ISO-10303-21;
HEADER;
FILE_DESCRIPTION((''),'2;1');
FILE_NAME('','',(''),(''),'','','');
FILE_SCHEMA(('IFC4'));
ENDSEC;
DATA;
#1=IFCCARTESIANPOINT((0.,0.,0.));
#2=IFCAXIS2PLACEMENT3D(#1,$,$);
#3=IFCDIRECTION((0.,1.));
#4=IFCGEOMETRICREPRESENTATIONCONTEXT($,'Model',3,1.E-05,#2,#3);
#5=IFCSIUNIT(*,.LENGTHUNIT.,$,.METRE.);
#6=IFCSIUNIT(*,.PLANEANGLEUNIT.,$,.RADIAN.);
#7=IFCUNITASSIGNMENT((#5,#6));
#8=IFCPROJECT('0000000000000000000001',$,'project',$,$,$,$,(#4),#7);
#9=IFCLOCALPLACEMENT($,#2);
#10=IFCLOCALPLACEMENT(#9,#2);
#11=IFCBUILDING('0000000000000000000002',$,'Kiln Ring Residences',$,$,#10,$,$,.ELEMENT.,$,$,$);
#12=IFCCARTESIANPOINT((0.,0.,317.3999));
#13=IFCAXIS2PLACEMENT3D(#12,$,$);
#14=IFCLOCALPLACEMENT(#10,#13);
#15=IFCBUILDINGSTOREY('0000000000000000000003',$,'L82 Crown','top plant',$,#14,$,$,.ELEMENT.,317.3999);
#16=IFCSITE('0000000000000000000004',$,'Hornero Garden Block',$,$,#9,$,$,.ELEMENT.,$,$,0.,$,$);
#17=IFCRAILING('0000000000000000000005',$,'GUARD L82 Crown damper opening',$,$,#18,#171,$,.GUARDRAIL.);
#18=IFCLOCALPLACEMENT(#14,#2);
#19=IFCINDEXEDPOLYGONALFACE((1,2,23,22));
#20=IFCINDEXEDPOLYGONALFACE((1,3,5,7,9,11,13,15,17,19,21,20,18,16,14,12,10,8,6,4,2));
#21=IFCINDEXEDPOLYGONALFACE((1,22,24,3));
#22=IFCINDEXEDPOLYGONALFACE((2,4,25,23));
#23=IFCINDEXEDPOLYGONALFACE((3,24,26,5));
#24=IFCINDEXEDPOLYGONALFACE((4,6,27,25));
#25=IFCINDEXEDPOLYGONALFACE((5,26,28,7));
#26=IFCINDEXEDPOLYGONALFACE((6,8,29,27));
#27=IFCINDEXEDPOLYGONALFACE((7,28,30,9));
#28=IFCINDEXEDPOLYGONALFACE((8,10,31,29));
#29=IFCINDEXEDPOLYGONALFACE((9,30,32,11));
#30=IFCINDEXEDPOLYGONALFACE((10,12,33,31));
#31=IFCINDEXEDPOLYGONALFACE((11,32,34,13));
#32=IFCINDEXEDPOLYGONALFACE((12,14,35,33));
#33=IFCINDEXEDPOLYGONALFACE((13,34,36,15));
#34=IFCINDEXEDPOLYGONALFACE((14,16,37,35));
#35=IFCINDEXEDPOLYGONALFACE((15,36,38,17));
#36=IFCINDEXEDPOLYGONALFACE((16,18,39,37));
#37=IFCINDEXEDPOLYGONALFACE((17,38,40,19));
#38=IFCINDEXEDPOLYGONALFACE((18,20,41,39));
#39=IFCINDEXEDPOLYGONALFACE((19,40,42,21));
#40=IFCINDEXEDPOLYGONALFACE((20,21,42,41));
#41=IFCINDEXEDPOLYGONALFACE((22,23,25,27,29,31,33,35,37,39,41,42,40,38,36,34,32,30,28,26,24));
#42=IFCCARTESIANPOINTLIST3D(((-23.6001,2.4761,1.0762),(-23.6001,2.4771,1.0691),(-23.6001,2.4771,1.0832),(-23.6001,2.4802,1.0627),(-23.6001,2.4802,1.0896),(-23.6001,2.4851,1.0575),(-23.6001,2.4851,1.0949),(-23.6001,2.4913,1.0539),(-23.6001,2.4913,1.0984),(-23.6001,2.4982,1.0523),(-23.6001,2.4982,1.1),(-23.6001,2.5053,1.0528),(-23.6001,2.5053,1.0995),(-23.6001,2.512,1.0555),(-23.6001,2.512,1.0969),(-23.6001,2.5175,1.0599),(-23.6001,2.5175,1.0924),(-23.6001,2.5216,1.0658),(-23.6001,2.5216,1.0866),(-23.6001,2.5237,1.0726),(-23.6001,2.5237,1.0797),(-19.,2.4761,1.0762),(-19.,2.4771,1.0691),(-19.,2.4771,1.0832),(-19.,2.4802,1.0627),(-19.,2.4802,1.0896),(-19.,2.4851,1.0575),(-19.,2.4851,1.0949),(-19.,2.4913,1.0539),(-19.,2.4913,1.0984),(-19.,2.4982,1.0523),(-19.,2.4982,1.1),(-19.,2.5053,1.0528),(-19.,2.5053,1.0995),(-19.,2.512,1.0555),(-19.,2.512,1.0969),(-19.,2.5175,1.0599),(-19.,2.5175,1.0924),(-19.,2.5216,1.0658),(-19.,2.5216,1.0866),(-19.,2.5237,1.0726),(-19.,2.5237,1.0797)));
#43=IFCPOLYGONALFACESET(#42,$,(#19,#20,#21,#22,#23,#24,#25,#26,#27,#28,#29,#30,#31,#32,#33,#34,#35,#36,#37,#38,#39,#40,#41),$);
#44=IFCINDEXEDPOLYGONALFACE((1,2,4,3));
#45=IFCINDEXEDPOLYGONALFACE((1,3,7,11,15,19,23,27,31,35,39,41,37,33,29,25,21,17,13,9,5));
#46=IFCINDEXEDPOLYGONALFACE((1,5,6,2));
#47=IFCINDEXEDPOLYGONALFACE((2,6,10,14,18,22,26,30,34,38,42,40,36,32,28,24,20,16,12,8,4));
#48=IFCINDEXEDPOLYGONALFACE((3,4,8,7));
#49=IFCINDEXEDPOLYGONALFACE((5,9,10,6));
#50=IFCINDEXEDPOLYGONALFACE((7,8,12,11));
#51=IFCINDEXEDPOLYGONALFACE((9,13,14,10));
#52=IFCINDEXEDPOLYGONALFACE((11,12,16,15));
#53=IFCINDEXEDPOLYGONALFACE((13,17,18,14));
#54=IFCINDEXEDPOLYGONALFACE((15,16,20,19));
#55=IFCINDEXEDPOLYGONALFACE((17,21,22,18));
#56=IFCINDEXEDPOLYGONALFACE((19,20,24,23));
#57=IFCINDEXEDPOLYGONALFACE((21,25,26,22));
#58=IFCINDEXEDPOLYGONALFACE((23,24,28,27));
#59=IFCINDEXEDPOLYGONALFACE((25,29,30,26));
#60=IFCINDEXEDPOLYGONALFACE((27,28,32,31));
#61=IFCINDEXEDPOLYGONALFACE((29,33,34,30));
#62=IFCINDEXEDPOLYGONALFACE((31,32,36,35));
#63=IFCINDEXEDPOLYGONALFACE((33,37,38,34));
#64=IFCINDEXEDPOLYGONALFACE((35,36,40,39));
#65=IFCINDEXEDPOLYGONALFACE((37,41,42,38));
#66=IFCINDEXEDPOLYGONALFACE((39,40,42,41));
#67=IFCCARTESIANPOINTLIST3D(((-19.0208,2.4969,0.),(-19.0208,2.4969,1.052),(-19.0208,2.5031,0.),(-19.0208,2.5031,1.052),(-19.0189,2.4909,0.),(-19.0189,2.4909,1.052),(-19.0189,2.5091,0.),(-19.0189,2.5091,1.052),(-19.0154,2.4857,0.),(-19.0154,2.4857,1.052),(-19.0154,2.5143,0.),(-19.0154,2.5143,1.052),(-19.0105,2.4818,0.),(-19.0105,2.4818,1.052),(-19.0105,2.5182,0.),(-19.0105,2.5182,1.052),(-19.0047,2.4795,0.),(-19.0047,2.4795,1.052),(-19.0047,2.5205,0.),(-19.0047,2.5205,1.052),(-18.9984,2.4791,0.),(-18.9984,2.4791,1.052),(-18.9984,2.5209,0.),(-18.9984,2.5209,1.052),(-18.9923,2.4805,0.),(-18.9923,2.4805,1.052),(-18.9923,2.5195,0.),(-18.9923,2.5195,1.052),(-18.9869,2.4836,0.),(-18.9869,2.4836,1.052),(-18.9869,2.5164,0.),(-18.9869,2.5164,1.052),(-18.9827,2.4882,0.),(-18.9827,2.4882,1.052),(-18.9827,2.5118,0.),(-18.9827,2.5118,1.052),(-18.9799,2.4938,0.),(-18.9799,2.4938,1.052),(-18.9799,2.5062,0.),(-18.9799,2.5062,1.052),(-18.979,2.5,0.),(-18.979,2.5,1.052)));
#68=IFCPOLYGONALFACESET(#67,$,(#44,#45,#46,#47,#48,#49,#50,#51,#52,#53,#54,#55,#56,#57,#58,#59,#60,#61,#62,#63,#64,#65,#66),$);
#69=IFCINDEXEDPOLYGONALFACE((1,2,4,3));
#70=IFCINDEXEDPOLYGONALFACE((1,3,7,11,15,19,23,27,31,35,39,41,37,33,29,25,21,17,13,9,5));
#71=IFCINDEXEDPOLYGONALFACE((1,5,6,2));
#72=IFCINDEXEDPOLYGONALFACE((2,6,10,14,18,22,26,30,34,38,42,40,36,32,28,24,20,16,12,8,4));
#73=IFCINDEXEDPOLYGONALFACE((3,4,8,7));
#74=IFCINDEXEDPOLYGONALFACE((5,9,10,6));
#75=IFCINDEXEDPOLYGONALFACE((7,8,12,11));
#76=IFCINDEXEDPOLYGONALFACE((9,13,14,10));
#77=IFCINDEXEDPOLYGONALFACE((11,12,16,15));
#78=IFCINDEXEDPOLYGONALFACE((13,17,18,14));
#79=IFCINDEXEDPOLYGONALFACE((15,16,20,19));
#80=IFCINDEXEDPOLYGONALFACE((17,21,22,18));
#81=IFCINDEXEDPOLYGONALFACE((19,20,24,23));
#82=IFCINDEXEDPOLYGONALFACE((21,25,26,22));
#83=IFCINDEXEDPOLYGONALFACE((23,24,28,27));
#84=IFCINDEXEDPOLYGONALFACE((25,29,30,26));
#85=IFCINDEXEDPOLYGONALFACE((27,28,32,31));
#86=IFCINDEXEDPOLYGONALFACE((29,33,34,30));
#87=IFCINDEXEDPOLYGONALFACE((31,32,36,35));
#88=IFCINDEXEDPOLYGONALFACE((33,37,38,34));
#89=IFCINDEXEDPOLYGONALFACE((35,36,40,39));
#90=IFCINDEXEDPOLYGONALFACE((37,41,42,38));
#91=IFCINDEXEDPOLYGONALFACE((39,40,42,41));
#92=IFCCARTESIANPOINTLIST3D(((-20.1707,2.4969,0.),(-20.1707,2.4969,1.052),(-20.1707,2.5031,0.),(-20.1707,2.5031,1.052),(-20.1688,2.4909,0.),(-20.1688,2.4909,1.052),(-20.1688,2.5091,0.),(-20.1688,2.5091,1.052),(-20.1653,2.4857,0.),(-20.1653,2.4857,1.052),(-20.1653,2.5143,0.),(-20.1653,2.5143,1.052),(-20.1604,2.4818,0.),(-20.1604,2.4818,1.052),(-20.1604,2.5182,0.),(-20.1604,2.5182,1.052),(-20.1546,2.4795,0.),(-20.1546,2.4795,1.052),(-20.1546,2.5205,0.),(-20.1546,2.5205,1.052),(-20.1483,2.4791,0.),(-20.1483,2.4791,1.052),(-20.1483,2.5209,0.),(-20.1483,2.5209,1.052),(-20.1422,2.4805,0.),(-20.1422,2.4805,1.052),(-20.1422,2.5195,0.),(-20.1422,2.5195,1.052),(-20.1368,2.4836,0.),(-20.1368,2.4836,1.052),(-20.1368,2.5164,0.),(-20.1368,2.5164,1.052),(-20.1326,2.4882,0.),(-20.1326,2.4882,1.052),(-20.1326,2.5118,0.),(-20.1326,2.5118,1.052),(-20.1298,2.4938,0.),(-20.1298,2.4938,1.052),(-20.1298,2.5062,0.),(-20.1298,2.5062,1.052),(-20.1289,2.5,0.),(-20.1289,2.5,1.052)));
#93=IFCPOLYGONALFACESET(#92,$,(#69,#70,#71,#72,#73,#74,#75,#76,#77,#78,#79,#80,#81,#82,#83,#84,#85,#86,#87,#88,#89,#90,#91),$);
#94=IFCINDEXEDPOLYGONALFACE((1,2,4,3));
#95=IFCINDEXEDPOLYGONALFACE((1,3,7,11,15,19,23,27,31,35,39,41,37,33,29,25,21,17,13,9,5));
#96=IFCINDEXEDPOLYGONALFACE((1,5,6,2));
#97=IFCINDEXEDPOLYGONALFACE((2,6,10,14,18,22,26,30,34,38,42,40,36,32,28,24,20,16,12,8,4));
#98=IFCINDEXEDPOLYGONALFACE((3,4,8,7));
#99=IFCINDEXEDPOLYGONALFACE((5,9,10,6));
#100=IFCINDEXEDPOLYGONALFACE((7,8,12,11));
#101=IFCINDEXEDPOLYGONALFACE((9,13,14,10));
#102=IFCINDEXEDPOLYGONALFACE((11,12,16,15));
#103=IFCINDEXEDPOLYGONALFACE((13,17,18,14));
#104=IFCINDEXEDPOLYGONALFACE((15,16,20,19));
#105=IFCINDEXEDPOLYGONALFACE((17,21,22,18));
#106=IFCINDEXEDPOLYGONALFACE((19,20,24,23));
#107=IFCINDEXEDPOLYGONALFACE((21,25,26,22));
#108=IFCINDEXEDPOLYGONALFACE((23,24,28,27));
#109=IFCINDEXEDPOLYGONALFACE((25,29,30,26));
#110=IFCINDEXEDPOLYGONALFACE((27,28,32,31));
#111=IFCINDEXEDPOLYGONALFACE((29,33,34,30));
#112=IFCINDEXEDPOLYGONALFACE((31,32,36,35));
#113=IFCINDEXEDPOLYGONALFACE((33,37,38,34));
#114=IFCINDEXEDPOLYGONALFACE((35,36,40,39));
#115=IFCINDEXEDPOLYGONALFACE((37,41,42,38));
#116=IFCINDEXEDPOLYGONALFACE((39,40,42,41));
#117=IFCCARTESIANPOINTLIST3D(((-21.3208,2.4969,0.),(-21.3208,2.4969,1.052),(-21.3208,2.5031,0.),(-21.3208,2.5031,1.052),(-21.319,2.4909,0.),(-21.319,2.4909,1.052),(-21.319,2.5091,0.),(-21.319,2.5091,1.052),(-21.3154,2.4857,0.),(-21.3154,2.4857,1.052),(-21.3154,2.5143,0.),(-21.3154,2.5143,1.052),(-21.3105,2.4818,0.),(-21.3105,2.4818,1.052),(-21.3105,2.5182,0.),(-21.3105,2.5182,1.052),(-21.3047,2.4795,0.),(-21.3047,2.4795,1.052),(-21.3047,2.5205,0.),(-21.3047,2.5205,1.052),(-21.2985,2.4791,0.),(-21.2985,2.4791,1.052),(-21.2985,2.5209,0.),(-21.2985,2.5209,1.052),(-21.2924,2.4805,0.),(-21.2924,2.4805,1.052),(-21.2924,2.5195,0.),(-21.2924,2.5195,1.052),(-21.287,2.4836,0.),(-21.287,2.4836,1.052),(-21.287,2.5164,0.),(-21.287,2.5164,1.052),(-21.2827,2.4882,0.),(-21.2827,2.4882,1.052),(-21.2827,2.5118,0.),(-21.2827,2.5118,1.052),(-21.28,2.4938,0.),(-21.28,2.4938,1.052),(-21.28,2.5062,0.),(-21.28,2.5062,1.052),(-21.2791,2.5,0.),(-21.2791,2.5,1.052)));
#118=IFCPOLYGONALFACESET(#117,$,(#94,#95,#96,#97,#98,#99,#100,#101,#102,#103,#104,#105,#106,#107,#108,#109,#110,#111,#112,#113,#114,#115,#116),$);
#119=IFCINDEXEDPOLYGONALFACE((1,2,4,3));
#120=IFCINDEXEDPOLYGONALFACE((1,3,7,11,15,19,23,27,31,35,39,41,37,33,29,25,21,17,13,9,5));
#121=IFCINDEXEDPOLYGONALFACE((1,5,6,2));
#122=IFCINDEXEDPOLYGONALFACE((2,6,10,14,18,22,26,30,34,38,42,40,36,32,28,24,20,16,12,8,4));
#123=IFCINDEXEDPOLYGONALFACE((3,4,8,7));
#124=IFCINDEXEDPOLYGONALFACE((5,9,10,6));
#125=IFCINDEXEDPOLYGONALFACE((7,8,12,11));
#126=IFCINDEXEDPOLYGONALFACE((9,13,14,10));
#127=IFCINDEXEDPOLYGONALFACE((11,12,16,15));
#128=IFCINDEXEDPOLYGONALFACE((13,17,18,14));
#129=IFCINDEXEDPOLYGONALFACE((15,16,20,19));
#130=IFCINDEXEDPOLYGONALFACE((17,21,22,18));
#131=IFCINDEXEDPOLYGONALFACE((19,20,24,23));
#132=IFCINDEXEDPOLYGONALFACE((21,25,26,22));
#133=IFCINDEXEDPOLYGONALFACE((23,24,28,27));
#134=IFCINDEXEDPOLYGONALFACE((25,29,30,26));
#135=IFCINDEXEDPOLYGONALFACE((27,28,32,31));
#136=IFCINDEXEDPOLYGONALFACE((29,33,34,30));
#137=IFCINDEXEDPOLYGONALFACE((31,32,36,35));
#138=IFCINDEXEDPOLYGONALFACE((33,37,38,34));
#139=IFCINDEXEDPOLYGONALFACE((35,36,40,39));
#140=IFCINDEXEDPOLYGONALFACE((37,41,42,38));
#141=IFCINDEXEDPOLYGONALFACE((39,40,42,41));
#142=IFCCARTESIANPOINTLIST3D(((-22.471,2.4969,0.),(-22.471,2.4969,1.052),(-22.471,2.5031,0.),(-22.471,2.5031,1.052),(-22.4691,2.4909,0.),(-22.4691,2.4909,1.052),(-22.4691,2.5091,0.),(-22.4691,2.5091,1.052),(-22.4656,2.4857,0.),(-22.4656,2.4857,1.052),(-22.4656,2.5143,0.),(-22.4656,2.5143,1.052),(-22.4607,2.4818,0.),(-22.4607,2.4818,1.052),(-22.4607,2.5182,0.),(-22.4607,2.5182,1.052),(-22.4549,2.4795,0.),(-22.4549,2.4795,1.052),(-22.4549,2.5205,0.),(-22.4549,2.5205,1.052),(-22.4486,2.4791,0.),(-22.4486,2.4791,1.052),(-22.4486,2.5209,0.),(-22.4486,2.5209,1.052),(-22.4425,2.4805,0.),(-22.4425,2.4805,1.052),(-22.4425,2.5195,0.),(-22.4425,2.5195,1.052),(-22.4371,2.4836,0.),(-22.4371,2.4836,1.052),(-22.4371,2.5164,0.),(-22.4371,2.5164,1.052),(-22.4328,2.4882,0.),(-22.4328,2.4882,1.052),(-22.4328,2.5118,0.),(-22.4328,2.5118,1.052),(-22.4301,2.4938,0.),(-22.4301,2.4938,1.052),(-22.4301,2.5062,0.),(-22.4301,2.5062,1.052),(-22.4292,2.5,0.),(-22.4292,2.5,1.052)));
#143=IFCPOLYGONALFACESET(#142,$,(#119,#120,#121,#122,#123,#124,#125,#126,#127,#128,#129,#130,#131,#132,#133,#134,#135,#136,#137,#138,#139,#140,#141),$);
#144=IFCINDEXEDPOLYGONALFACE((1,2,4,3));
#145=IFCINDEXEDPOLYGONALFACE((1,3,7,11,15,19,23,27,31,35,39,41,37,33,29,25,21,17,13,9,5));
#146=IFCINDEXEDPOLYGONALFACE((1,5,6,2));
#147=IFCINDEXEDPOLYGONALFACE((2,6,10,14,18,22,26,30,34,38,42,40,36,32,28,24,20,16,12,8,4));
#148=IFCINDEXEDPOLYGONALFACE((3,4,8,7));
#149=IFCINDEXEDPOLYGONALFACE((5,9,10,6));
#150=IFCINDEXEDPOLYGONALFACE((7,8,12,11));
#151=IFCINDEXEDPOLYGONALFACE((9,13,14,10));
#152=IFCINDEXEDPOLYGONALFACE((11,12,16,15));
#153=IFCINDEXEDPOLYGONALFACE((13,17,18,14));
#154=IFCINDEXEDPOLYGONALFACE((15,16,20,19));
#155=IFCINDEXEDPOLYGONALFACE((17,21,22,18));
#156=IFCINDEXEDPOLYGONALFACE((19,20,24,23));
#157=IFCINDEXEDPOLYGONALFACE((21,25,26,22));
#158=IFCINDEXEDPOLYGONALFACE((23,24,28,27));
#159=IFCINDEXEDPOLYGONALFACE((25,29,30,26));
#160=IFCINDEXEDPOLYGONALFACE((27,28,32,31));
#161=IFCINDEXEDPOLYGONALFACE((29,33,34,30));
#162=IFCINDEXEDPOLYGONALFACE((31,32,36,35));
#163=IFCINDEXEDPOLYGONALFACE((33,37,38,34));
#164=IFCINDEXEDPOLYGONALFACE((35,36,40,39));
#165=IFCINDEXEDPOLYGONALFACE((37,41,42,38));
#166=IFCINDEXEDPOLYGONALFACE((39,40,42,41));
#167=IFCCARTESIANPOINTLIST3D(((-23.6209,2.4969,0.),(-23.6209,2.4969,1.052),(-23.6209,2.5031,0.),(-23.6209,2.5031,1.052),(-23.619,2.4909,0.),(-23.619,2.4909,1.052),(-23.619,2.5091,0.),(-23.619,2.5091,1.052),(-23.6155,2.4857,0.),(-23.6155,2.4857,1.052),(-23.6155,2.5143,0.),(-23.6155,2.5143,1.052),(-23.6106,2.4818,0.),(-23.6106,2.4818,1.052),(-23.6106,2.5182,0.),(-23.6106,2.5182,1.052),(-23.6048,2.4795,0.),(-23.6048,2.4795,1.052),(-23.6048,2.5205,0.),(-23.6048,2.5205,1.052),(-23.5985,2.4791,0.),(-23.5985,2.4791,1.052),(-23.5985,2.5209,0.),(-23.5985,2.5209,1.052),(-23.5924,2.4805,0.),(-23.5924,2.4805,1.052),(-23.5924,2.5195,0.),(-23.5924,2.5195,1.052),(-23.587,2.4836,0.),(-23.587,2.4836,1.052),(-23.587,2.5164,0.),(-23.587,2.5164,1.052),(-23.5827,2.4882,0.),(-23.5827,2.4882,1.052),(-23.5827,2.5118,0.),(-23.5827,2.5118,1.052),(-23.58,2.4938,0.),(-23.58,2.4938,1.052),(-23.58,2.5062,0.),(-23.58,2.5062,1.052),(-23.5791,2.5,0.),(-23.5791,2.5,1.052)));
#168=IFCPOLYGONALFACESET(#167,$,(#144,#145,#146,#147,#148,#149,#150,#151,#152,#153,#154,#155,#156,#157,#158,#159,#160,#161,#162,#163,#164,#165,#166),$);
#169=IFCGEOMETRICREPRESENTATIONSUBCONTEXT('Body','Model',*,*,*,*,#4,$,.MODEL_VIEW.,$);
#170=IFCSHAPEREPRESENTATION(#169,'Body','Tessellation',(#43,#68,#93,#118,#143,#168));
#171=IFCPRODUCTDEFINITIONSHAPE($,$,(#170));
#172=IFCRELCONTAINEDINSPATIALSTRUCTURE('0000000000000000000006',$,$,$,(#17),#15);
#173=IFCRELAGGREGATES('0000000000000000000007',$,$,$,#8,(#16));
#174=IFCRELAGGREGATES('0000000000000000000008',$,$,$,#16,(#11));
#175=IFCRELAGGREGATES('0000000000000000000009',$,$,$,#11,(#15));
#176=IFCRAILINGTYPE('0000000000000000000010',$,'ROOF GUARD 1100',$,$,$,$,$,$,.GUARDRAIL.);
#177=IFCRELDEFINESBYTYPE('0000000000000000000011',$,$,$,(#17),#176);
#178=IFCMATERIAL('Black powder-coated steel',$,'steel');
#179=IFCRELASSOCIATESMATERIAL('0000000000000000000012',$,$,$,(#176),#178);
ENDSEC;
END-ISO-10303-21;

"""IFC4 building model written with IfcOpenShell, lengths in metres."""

from ifc_helpers import new_model, si_unit, direction, frame, origin, origin_2d, place, context, subcontext, project, spatial, circle, extrude, material, type_object, element, save


model = new_model("IFC4")

# Units and contexts
model_context = context("Model", 3, precision=1e-05, world=origin(), true_north=direction((0.0, 1.0)))
body_context = subcontext(model_context, "Body", "Model", "MODEL_VIEW")
ifc_project = project(units=[si_unit("LENGTHUNIT", "METRE"), si_unit("PLANEANGLEUNIT", "RADIAN")], contexts=[model_context])

# Site, building, storey
site_placement = place(None, origin())
site = spatial("IfcSite", under=ifc_project, at=site_placement, Name="Hornero Garden Block", CompositionType="ELEMENT", RefElevation=0.0)
building_placement = place(site_placement, origin())
building = spatial("IfcBuilding", under=site, at=building_placement, Name="Kiln Ring Residences", CompositionType="ELEMENT")
storey_placement = place(building_placement, frame((0.0, 0.0, 317.3999)))
storey = spatial("IfcBuildingStorey", under=building, at=storey_placement, Name="L82 Crown", Description="top plant", CompositionType="ELEMENT", Elevation=317.3999)

# Railing
ifc_material_1 = material(Name="Black powder-coated steel", Category="steel")
railing_type_1 = type_object("IfcRailingType", Name="ROOF GUARD 1100", PredefinedType="GUARDRAIL", material=ifc_material_1)
railing_1_placement = place(storey_placement, frame((-19.0, 2.5, 0.0)))
element("IfcRailing", 1, at=railing_1_placement, inside=storey, type_object=railing_type_1, Name="GUARD L82 Crown damper opening", PredefinedType="GUARDRAIL", context=body_context, shape_type="SweptSolid", body=[
    extrude(circle(Radius=0.0239, at=origin_2d()), frame((0.0, 0.0, 1.0762), z_axis=(-1.0, 0.0, 0.0), x_axis=(0.0, -1.0, 0.0)), (0.0, 0.0, 1.0), 4.6001),
    extrude(circle(Radius=0.021, at=origin_2d()), origin(), (0.0, 0.0, 1.0), 1.052),
    extrude(circle(Radius=0.021, at=origin_2d()), frame((-1.1499, 0.0, 0.0)), (0.0, 0.0, 1.0), 1.052),
    extrude(circle(Radius=0.021, at=origin_2d()), frame((-2.3, 0.0, 0.0)), (0.0, 0.0, 1.0), 1.052),
    extrude(circle(Radius=0.021, at=origin_2d()), frame((-3.4502, 0.0, 0.0)), (0.0, 0.0, 1.0), 1.052),
    extrude(circle(Radius=0.021, at=origin_2d()), frame((-4.6001, 0.0, 0.0)), (0.0, 0.0, 1.0), 1.052),
])

save(model, "model.ifc")
